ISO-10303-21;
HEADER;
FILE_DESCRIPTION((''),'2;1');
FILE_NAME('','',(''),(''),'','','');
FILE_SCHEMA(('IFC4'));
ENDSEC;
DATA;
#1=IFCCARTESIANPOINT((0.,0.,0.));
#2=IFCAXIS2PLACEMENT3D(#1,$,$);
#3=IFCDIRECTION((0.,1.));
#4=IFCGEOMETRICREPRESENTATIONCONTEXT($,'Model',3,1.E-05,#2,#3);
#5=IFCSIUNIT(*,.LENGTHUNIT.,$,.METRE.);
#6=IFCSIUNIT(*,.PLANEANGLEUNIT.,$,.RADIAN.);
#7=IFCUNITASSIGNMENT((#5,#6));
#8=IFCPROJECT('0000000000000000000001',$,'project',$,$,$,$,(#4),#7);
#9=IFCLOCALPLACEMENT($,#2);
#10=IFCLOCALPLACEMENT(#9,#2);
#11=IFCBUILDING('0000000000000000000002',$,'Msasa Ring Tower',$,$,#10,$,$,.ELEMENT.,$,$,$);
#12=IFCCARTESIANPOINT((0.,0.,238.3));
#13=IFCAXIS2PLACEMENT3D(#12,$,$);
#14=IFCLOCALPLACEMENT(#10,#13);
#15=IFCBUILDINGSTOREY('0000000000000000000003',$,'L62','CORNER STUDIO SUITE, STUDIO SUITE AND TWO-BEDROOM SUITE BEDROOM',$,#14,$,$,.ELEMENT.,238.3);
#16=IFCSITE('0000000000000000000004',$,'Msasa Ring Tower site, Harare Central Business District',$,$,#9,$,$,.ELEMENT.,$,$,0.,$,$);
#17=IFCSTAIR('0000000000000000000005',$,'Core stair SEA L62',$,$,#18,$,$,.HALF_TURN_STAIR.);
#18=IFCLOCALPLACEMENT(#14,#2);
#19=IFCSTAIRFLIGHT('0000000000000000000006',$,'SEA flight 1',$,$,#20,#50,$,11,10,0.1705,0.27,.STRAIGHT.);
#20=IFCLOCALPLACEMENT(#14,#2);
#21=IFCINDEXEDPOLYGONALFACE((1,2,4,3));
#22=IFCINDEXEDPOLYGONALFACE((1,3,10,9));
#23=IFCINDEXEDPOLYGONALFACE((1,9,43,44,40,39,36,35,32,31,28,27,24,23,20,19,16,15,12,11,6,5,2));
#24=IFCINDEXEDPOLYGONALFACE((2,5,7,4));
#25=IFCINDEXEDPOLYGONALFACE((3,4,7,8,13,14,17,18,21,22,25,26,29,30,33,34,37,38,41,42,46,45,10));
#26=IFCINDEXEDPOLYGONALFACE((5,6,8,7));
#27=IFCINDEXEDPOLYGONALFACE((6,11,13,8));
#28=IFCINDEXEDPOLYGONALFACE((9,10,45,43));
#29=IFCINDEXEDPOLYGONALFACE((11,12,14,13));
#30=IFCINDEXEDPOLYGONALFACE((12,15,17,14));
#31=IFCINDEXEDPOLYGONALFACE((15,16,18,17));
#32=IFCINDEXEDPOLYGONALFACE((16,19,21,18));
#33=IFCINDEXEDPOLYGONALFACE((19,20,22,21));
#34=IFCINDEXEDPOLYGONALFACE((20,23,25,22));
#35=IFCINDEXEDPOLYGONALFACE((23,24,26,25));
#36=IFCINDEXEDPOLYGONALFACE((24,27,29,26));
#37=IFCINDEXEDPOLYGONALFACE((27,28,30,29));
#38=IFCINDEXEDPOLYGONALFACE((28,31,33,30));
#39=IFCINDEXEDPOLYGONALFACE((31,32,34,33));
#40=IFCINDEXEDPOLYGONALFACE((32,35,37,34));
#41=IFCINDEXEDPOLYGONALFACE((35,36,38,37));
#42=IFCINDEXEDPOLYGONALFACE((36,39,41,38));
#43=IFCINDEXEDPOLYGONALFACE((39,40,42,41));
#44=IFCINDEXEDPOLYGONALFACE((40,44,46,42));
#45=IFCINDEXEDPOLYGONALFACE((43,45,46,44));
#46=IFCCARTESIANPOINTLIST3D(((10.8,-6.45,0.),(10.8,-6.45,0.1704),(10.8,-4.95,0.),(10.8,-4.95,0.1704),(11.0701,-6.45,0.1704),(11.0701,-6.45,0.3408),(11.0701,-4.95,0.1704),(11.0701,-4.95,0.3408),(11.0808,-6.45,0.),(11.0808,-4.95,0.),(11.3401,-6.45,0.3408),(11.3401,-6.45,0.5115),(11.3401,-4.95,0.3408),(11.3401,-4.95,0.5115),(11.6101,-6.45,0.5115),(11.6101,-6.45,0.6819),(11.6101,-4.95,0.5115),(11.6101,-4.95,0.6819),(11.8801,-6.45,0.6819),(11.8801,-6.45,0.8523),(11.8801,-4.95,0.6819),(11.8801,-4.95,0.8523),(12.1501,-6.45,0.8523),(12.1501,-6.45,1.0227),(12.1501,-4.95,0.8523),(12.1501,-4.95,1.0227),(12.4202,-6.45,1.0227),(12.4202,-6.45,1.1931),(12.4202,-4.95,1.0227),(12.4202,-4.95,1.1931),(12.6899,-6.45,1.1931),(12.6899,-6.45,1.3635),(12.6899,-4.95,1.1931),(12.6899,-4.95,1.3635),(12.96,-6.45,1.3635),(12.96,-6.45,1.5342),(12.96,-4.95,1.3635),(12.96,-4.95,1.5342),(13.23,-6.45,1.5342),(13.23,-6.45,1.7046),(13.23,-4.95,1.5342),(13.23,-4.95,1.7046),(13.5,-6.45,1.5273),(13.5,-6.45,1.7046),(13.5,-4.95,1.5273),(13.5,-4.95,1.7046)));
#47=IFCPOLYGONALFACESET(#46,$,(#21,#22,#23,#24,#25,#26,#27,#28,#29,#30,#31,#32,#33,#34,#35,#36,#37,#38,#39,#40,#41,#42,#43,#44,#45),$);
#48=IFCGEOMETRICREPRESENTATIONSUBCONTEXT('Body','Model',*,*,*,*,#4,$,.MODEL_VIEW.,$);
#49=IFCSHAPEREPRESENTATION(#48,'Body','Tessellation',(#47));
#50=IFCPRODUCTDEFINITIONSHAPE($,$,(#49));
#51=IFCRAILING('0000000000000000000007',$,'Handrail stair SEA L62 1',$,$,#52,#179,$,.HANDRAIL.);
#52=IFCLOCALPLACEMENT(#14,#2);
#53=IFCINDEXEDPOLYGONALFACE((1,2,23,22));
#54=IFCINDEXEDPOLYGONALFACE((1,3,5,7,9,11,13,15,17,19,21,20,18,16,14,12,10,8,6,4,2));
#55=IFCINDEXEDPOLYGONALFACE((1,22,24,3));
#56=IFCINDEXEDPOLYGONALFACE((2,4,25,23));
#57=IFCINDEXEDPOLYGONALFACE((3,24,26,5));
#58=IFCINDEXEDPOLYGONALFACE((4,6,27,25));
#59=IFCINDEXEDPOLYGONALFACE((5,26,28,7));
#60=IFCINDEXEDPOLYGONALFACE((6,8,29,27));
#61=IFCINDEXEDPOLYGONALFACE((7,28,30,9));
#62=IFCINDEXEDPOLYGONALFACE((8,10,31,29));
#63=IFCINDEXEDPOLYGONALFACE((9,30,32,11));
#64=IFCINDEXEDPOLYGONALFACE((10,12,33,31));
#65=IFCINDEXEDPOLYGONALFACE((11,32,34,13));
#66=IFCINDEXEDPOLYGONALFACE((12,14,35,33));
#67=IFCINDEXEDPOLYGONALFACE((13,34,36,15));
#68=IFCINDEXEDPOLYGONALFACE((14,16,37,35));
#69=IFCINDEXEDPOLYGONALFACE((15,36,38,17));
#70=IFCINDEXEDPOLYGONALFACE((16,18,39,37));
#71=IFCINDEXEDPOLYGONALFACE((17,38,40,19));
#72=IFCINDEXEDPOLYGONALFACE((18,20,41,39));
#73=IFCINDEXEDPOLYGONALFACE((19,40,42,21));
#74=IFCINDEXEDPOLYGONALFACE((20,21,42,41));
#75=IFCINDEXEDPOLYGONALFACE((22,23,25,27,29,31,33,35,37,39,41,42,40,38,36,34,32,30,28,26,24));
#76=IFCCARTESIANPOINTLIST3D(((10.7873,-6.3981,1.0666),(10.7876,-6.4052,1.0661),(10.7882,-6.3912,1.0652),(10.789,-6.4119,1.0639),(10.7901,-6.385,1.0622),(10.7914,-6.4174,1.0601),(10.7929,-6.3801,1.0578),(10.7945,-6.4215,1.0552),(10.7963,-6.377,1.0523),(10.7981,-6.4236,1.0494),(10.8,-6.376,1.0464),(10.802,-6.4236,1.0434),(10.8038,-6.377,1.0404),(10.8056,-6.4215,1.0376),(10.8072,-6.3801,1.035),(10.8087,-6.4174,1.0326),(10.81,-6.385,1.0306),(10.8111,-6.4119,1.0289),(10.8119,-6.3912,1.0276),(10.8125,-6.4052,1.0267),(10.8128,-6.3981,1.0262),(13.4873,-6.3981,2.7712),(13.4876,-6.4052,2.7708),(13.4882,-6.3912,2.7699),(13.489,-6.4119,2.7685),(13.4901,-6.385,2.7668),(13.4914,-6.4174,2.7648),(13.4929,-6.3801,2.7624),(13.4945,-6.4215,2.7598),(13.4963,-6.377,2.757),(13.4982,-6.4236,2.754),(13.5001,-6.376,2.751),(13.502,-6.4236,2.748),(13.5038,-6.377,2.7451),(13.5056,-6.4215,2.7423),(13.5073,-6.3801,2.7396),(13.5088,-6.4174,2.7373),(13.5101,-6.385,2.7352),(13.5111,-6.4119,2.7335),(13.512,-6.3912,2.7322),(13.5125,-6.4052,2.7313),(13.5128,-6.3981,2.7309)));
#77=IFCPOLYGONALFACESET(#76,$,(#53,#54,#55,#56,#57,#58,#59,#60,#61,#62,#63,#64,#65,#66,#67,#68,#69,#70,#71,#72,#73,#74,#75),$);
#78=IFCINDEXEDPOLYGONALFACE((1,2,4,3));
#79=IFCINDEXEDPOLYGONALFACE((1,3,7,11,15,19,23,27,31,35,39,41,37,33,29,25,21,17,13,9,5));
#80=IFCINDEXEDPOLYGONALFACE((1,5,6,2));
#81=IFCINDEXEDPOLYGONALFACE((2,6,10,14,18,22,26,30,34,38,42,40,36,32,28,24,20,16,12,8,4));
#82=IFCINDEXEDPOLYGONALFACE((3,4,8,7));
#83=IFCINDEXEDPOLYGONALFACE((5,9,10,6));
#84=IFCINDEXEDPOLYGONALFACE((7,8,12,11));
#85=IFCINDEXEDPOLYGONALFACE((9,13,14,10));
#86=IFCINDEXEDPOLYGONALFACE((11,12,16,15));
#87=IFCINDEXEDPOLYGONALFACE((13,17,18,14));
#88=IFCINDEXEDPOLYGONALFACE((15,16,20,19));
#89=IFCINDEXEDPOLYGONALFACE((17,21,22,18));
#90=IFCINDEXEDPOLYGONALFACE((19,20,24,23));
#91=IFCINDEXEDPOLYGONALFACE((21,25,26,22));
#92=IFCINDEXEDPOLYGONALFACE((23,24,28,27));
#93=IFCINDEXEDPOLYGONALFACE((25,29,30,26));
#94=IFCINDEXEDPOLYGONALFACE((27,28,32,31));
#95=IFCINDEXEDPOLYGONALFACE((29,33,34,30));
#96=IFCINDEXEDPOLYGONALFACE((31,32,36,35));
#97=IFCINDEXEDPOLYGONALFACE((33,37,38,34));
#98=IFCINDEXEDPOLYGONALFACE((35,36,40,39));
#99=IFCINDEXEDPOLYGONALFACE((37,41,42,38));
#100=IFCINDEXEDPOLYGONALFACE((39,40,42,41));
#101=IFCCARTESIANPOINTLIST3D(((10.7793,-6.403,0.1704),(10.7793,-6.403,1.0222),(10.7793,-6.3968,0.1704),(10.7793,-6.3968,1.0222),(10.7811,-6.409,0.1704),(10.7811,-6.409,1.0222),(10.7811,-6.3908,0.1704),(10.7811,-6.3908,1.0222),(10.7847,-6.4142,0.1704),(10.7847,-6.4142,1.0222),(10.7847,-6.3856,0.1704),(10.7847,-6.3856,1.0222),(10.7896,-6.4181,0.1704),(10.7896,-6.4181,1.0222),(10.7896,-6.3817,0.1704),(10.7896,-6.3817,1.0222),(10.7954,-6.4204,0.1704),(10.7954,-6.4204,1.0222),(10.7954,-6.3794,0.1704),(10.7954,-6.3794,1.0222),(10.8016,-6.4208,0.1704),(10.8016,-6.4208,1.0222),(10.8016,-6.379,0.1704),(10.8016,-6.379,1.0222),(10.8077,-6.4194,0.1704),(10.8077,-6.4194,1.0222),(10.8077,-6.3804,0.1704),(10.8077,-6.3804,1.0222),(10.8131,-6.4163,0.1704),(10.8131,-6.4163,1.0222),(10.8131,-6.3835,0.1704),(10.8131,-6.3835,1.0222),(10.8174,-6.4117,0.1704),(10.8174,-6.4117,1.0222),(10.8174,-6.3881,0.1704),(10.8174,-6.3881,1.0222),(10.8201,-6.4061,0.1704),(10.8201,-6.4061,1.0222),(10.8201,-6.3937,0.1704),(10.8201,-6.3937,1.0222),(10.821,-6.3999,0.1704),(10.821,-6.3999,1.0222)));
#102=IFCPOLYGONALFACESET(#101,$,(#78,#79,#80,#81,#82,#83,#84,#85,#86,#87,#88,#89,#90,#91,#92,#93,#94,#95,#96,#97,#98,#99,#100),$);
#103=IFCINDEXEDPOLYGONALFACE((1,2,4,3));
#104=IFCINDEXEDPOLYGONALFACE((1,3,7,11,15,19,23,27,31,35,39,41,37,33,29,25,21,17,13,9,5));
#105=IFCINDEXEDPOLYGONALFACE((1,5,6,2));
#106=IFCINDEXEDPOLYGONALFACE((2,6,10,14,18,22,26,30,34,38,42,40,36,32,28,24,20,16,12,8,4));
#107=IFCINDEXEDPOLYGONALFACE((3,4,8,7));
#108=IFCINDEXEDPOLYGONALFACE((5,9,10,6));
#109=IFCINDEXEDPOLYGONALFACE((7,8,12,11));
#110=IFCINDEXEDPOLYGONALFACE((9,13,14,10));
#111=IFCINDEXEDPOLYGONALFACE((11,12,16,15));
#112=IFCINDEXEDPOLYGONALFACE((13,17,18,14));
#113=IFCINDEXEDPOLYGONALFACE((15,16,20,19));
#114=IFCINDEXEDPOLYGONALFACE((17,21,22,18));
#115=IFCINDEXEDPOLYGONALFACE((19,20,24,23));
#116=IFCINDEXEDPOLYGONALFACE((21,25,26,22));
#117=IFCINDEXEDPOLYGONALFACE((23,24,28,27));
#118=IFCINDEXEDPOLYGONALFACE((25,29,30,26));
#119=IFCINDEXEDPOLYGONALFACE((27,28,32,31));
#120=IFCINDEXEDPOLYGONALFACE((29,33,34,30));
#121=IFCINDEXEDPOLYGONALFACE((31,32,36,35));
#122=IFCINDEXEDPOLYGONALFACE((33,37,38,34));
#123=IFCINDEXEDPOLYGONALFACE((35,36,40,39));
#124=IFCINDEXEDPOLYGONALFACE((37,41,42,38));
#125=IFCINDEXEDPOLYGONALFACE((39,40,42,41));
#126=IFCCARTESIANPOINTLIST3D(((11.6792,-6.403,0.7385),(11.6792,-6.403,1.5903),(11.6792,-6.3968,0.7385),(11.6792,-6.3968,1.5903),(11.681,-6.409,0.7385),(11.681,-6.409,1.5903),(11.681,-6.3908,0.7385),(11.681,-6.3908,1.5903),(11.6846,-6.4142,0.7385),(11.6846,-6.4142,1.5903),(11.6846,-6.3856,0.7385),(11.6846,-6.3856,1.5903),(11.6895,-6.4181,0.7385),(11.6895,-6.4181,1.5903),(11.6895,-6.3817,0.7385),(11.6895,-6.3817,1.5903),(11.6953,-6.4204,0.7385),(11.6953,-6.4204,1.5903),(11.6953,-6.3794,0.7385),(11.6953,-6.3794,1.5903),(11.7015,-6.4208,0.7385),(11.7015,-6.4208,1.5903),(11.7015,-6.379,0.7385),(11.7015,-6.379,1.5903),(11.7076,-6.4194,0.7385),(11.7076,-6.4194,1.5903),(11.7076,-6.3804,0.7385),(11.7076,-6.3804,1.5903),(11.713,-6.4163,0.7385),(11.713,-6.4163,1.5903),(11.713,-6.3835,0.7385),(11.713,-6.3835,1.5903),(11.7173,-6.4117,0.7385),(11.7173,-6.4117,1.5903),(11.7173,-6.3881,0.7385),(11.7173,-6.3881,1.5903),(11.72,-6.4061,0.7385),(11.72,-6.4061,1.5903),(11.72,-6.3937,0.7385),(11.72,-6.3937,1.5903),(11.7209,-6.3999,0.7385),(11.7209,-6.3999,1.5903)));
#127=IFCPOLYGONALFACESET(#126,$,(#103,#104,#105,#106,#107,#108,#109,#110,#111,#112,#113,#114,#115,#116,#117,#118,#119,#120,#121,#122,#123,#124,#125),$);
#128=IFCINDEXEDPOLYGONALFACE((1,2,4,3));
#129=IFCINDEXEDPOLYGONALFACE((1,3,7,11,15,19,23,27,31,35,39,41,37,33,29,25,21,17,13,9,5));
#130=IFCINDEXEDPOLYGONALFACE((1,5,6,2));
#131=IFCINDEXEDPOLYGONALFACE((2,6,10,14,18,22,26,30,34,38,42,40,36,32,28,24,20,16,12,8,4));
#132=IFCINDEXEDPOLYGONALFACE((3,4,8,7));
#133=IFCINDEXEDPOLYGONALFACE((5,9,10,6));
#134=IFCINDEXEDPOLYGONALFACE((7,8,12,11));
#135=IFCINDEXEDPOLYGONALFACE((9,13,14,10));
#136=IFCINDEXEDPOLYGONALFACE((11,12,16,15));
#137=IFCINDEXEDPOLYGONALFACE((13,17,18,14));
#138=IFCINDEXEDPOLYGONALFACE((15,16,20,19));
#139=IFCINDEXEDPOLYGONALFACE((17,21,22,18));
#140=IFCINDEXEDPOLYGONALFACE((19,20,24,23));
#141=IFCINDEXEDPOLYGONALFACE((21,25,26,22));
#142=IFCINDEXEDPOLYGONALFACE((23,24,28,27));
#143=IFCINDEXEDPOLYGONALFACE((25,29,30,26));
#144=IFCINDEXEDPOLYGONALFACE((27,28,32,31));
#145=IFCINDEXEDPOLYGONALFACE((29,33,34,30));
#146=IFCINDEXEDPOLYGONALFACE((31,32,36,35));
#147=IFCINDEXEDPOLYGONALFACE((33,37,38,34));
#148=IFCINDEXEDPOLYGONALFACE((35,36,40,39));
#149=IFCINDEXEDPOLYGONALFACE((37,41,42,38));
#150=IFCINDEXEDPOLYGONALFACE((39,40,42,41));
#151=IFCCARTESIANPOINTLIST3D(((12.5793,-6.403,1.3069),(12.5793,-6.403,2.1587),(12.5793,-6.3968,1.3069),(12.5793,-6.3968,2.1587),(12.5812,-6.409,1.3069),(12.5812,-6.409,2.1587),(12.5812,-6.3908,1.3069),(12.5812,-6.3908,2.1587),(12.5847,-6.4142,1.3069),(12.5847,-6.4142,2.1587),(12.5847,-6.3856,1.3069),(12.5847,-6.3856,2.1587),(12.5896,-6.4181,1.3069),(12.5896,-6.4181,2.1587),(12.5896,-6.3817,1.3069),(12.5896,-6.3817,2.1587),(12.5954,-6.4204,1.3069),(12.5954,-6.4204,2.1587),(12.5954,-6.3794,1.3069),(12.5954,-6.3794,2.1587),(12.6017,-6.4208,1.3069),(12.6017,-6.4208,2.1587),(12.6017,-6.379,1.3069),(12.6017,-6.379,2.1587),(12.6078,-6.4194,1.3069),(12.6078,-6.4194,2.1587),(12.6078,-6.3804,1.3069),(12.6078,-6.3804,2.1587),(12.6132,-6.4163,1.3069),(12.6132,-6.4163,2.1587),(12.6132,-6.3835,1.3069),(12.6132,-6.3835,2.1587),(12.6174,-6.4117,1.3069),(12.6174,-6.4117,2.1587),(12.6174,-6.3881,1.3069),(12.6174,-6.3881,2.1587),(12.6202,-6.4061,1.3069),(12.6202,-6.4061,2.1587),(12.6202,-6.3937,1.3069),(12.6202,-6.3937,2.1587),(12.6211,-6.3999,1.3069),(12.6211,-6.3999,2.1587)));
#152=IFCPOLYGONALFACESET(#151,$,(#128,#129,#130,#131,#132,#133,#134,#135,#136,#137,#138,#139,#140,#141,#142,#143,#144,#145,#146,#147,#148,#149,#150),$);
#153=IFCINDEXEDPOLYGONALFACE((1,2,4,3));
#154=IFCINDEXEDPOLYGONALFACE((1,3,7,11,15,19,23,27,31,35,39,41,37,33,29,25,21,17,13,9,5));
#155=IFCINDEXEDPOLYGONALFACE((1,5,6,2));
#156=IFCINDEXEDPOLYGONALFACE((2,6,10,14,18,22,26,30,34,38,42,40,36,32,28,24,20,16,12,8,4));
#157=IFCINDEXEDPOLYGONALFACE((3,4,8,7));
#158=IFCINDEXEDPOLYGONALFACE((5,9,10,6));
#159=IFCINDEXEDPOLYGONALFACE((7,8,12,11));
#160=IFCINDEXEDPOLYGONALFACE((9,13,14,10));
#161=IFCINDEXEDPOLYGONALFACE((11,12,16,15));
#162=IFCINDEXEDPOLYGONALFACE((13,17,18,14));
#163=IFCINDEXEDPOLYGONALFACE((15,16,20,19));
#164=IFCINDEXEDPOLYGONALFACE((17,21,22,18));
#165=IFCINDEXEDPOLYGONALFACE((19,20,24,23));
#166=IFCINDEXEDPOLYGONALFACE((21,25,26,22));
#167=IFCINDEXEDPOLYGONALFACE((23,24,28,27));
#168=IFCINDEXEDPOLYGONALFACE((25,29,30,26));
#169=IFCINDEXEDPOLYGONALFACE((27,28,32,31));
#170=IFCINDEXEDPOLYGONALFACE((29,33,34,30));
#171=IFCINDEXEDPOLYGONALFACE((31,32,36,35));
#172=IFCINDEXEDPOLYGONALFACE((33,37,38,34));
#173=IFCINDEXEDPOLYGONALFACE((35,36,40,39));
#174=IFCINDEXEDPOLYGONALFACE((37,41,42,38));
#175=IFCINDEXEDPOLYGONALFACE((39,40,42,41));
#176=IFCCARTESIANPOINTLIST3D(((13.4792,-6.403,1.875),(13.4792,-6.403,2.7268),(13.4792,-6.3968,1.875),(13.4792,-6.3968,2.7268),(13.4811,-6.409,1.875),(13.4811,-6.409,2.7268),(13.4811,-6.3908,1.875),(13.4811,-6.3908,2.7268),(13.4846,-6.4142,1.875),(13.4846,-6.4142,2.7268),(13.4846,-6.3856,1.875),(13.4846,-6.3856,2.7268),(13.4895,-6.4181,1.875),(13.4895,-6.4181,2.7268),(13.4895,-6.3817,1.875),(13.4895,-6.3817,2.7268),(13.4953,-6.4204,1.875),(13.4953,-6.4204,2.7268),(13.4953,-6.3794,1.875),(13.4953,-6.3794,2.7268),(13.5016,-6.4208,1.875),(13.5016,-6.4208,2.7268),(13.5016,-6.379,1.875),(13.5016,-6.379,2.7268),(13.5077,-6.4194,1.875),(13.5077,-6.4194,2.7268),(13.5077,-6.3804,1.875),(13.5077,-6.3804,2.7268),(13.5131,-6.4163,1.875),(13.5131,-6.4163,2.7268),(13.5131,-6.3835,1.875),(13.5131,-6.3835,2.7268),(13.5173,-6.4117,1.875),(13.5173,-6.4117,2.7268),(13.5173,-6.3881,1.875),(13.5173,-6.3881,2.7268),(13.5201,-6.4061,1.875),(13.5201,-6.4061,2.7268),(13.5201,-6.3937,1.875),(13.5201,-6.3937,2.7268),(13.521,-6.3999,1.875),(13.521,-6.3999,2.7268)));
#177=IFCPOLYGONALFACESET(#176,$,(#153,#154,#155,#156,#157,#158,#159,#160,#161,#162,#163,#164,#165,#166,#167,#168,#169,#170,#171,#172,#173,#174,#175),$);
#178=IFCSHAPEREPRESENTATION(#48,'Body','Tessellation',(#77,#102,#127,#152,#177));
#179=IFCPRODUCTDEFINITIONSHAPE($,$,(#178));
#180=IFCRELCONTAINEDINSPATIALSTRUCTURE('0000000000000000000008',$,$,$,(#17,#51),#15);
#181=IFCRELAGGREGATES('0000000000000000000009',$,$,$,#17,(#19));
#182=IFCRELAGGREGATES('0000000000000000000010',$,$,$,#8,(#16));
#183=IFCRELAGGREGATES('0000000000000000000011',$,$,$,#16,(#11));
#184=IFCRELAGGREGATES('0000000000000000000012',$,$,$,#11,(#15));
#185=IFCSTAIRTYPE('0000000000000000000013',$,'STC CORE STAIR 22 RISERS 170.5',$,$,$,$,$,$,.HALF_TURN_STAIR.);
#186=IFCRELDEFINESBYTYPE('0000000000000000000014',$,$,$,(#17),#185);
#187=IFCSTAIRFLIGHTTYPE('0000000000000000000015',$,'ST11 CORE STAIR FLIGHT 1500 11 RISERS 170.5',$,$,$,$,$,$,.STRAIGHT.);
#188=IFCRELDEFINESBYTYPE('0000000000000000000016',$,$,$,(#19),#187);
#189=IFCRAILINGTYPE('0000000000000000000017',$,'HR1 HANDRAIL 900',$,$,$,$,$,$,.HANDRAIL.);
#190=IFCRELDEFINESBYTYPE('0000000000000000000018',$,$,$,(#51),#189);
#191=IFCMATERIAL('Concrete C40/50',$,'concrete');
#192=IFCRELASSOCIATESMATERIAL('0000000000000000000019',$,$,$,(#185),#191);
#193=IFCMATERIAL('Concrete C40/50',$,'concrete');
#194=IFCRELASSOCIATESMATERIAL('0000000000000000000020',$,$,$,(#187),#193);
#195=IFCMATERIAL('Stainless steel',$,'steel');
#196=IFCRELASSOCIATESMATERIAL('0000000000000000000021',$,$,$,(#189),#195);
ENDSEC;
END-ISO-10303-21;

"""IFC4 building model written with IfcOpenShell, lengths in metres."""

from ifc_helpers import new_model, si_unit, direction, frame, origin, origin_2d, place, context, subcontext, project, spatial, polyline, circle, outline, extrude, material, type_object, element, aggregate, save


model = new_model("IFC4")

# Units and contexts
model_context = context("Model", 3, precision=1e-05, world=origin(), true_north=direction((0.0, 1.0)))
body_context = subcontext(model_context, "Body", "Model", "MODEL_VIEW")
ifc_project = project(units=[si_unit("LENGTHUNIT", "METRE"), si_unit("PLANEANGLEUNIT", "RADIAN")], contexts=[model_context])

# Site, building, storey
site_placement = place(None, origin())
site = spatial("IfcSite", under=ifc_project, at=site_placement, Name="Msasa Ring Tower site, Harare Central Business District", CompositionType="ELEMENT", RefElevation=0.0)
building_placement = place(site_placement, origin())
building = spatial("IfcBuilding", under=site, at=building_placement, Name="Msasa Ring Tower", CompositionType="ELEMENT")
storey_placement = place(building_placement, frame((0.0, 0.0, 238.3)))
storey = spatial("IfcBuildingStorey", under=building, at=storey_placement, Name="L62", Description="CORNER STUDIO SUITE, STUDIO SUITE AND TWO-BEDROOM SUITE BEDROOM", CompositionType="ELEMENT", Elevation=238.3)

# Shared definitions
ifc_material_1 = material(Name="Concrete C40/50", Category="concrete")
stair_type = type_object("IfcStairType", Name="STC CORE STAIR 22 RISERS 170.5", PredefinedType="HALF_TURN_STAIR", material=ifc_material_1)

# Stair, stair flight
stair_1_placement = place(storey_placement, origin())
stair_1 = element("IfcStair", 1, at=stair_1_placement, inside=storey, type_object=stair_type, Name="Core stair SEA L62", PredefinedType="HALF_TURN_STAIR")
ifc_material_2 = material(Name="Concrete C40/50", Category="concrete")
stair_flight_type = type_object("IfcStairFlightType", Name="ST11 CORE STAIR FLIGHT 1500 11 RISERS 170.5", PredefinedType="STRAIGHT", material=ifc_material_2)
stair_flight_placement = place(storey_placement, frame((10.8, -5.7, 0.0), z_axis=(0.0, 0.0, 1.0), x_axis=(1.0, 0.0, 0.0)))
stair_flight = element("IfcStairFlight", 2, at=stair_flight_placement, type_object=stair_flight_type, Name="SEA flight 1", NumberOfRisers=11, NumberOfTreads=10, PredefinedType="STRAIGHT", RiserHeight=0.1705, TreadLength=0.27, context=body_context, shape_type="SweptSolid", body=[
    extrude(outline(polyline([(0.0, 0.0), (0.0, 0.1704), (0.27, 0.1704), (0.27, 0.3408), (0.54, 0.3408), (0.54, 0.5115), (0.8101, 0.5115), (0.8101, 0.6819), (1.0801, 0.6819), (1.0801, 0.8523), (1.3501, 0.8523), (1.3501, 1.0227), (1.6201, 1.0227), (1.6201, 1.1931), (1.8899, 1.1931), (1.8899, 1.3635), (2.1599, 1.3635), (2.1599, 1.5342), (2.4299, 1.5342), (2.4299, 1.7046), (2.7, 1.7046), (2.7, 1.875), (2.7, 1.5273), (0.2808, 0.0), (0.0, 0.0)])), frame((0.0, 0.75, 0.0), z_axis=(0.0, -1.0, 0.0), x_axis=(1.0, 0.0, 0.0)), (0.0, 0.0, 1.0), 1.5),
])
aggregate(stair_1, [stair_flight])

# Railing
ifc_material_3 = material(Name="Stainless steel", Category="steel")
railing_type = type_object("IfcRailingType", Name="HR1 HANDRAIL 900", PredefinedType="HANDRAIL", material=ifc_material_3)
for number, where, name in (
    (3, (10.8, -6.3999, 0.1704), "Handrail stair SEA L62 1"),
):
    element("IfcRailing", number, at=place(storey_placement, frame(where)), inside=storey, type_object=railing_type, Name=name, PredefinedType="HANDRAIL", context=body_context, shape_type="SweptSolid", body=[
        extrude(circle(Radius=0.0239, at=origin_2d()), frame((0.0, 0.0, 0.876), z_axis=(0.84558, 0.0, 0.533849), x_axis=(0.0, 1.0, 0.0)), (0.0, 0.0, 1.0), 3.1931),
        extrude(circle(Radius=0.021, at=origin_2d()), origin(), (0.0, 0.0, 1.0), 0.8518),
        extrude(circle(Radius=0.021, at=origin_2d()), frame((0.8999, 0.0, 0.5681)), (0.0, 0.0, 1.0), 0.8518),
        extrude(circle(Radius=0.021, at=origin_2d()), frame((1.8, 0.0, 1.1365)), (0.0, 0.0, 1.0), 0.8518),
        extrude(circle(Radius=0.021, at=origin_2d()), frame((2.7, 0.0, 1.7046)), (0.0, 0.0, 1.0), 0.8518),
    ])

save(model, "model.ifc")
